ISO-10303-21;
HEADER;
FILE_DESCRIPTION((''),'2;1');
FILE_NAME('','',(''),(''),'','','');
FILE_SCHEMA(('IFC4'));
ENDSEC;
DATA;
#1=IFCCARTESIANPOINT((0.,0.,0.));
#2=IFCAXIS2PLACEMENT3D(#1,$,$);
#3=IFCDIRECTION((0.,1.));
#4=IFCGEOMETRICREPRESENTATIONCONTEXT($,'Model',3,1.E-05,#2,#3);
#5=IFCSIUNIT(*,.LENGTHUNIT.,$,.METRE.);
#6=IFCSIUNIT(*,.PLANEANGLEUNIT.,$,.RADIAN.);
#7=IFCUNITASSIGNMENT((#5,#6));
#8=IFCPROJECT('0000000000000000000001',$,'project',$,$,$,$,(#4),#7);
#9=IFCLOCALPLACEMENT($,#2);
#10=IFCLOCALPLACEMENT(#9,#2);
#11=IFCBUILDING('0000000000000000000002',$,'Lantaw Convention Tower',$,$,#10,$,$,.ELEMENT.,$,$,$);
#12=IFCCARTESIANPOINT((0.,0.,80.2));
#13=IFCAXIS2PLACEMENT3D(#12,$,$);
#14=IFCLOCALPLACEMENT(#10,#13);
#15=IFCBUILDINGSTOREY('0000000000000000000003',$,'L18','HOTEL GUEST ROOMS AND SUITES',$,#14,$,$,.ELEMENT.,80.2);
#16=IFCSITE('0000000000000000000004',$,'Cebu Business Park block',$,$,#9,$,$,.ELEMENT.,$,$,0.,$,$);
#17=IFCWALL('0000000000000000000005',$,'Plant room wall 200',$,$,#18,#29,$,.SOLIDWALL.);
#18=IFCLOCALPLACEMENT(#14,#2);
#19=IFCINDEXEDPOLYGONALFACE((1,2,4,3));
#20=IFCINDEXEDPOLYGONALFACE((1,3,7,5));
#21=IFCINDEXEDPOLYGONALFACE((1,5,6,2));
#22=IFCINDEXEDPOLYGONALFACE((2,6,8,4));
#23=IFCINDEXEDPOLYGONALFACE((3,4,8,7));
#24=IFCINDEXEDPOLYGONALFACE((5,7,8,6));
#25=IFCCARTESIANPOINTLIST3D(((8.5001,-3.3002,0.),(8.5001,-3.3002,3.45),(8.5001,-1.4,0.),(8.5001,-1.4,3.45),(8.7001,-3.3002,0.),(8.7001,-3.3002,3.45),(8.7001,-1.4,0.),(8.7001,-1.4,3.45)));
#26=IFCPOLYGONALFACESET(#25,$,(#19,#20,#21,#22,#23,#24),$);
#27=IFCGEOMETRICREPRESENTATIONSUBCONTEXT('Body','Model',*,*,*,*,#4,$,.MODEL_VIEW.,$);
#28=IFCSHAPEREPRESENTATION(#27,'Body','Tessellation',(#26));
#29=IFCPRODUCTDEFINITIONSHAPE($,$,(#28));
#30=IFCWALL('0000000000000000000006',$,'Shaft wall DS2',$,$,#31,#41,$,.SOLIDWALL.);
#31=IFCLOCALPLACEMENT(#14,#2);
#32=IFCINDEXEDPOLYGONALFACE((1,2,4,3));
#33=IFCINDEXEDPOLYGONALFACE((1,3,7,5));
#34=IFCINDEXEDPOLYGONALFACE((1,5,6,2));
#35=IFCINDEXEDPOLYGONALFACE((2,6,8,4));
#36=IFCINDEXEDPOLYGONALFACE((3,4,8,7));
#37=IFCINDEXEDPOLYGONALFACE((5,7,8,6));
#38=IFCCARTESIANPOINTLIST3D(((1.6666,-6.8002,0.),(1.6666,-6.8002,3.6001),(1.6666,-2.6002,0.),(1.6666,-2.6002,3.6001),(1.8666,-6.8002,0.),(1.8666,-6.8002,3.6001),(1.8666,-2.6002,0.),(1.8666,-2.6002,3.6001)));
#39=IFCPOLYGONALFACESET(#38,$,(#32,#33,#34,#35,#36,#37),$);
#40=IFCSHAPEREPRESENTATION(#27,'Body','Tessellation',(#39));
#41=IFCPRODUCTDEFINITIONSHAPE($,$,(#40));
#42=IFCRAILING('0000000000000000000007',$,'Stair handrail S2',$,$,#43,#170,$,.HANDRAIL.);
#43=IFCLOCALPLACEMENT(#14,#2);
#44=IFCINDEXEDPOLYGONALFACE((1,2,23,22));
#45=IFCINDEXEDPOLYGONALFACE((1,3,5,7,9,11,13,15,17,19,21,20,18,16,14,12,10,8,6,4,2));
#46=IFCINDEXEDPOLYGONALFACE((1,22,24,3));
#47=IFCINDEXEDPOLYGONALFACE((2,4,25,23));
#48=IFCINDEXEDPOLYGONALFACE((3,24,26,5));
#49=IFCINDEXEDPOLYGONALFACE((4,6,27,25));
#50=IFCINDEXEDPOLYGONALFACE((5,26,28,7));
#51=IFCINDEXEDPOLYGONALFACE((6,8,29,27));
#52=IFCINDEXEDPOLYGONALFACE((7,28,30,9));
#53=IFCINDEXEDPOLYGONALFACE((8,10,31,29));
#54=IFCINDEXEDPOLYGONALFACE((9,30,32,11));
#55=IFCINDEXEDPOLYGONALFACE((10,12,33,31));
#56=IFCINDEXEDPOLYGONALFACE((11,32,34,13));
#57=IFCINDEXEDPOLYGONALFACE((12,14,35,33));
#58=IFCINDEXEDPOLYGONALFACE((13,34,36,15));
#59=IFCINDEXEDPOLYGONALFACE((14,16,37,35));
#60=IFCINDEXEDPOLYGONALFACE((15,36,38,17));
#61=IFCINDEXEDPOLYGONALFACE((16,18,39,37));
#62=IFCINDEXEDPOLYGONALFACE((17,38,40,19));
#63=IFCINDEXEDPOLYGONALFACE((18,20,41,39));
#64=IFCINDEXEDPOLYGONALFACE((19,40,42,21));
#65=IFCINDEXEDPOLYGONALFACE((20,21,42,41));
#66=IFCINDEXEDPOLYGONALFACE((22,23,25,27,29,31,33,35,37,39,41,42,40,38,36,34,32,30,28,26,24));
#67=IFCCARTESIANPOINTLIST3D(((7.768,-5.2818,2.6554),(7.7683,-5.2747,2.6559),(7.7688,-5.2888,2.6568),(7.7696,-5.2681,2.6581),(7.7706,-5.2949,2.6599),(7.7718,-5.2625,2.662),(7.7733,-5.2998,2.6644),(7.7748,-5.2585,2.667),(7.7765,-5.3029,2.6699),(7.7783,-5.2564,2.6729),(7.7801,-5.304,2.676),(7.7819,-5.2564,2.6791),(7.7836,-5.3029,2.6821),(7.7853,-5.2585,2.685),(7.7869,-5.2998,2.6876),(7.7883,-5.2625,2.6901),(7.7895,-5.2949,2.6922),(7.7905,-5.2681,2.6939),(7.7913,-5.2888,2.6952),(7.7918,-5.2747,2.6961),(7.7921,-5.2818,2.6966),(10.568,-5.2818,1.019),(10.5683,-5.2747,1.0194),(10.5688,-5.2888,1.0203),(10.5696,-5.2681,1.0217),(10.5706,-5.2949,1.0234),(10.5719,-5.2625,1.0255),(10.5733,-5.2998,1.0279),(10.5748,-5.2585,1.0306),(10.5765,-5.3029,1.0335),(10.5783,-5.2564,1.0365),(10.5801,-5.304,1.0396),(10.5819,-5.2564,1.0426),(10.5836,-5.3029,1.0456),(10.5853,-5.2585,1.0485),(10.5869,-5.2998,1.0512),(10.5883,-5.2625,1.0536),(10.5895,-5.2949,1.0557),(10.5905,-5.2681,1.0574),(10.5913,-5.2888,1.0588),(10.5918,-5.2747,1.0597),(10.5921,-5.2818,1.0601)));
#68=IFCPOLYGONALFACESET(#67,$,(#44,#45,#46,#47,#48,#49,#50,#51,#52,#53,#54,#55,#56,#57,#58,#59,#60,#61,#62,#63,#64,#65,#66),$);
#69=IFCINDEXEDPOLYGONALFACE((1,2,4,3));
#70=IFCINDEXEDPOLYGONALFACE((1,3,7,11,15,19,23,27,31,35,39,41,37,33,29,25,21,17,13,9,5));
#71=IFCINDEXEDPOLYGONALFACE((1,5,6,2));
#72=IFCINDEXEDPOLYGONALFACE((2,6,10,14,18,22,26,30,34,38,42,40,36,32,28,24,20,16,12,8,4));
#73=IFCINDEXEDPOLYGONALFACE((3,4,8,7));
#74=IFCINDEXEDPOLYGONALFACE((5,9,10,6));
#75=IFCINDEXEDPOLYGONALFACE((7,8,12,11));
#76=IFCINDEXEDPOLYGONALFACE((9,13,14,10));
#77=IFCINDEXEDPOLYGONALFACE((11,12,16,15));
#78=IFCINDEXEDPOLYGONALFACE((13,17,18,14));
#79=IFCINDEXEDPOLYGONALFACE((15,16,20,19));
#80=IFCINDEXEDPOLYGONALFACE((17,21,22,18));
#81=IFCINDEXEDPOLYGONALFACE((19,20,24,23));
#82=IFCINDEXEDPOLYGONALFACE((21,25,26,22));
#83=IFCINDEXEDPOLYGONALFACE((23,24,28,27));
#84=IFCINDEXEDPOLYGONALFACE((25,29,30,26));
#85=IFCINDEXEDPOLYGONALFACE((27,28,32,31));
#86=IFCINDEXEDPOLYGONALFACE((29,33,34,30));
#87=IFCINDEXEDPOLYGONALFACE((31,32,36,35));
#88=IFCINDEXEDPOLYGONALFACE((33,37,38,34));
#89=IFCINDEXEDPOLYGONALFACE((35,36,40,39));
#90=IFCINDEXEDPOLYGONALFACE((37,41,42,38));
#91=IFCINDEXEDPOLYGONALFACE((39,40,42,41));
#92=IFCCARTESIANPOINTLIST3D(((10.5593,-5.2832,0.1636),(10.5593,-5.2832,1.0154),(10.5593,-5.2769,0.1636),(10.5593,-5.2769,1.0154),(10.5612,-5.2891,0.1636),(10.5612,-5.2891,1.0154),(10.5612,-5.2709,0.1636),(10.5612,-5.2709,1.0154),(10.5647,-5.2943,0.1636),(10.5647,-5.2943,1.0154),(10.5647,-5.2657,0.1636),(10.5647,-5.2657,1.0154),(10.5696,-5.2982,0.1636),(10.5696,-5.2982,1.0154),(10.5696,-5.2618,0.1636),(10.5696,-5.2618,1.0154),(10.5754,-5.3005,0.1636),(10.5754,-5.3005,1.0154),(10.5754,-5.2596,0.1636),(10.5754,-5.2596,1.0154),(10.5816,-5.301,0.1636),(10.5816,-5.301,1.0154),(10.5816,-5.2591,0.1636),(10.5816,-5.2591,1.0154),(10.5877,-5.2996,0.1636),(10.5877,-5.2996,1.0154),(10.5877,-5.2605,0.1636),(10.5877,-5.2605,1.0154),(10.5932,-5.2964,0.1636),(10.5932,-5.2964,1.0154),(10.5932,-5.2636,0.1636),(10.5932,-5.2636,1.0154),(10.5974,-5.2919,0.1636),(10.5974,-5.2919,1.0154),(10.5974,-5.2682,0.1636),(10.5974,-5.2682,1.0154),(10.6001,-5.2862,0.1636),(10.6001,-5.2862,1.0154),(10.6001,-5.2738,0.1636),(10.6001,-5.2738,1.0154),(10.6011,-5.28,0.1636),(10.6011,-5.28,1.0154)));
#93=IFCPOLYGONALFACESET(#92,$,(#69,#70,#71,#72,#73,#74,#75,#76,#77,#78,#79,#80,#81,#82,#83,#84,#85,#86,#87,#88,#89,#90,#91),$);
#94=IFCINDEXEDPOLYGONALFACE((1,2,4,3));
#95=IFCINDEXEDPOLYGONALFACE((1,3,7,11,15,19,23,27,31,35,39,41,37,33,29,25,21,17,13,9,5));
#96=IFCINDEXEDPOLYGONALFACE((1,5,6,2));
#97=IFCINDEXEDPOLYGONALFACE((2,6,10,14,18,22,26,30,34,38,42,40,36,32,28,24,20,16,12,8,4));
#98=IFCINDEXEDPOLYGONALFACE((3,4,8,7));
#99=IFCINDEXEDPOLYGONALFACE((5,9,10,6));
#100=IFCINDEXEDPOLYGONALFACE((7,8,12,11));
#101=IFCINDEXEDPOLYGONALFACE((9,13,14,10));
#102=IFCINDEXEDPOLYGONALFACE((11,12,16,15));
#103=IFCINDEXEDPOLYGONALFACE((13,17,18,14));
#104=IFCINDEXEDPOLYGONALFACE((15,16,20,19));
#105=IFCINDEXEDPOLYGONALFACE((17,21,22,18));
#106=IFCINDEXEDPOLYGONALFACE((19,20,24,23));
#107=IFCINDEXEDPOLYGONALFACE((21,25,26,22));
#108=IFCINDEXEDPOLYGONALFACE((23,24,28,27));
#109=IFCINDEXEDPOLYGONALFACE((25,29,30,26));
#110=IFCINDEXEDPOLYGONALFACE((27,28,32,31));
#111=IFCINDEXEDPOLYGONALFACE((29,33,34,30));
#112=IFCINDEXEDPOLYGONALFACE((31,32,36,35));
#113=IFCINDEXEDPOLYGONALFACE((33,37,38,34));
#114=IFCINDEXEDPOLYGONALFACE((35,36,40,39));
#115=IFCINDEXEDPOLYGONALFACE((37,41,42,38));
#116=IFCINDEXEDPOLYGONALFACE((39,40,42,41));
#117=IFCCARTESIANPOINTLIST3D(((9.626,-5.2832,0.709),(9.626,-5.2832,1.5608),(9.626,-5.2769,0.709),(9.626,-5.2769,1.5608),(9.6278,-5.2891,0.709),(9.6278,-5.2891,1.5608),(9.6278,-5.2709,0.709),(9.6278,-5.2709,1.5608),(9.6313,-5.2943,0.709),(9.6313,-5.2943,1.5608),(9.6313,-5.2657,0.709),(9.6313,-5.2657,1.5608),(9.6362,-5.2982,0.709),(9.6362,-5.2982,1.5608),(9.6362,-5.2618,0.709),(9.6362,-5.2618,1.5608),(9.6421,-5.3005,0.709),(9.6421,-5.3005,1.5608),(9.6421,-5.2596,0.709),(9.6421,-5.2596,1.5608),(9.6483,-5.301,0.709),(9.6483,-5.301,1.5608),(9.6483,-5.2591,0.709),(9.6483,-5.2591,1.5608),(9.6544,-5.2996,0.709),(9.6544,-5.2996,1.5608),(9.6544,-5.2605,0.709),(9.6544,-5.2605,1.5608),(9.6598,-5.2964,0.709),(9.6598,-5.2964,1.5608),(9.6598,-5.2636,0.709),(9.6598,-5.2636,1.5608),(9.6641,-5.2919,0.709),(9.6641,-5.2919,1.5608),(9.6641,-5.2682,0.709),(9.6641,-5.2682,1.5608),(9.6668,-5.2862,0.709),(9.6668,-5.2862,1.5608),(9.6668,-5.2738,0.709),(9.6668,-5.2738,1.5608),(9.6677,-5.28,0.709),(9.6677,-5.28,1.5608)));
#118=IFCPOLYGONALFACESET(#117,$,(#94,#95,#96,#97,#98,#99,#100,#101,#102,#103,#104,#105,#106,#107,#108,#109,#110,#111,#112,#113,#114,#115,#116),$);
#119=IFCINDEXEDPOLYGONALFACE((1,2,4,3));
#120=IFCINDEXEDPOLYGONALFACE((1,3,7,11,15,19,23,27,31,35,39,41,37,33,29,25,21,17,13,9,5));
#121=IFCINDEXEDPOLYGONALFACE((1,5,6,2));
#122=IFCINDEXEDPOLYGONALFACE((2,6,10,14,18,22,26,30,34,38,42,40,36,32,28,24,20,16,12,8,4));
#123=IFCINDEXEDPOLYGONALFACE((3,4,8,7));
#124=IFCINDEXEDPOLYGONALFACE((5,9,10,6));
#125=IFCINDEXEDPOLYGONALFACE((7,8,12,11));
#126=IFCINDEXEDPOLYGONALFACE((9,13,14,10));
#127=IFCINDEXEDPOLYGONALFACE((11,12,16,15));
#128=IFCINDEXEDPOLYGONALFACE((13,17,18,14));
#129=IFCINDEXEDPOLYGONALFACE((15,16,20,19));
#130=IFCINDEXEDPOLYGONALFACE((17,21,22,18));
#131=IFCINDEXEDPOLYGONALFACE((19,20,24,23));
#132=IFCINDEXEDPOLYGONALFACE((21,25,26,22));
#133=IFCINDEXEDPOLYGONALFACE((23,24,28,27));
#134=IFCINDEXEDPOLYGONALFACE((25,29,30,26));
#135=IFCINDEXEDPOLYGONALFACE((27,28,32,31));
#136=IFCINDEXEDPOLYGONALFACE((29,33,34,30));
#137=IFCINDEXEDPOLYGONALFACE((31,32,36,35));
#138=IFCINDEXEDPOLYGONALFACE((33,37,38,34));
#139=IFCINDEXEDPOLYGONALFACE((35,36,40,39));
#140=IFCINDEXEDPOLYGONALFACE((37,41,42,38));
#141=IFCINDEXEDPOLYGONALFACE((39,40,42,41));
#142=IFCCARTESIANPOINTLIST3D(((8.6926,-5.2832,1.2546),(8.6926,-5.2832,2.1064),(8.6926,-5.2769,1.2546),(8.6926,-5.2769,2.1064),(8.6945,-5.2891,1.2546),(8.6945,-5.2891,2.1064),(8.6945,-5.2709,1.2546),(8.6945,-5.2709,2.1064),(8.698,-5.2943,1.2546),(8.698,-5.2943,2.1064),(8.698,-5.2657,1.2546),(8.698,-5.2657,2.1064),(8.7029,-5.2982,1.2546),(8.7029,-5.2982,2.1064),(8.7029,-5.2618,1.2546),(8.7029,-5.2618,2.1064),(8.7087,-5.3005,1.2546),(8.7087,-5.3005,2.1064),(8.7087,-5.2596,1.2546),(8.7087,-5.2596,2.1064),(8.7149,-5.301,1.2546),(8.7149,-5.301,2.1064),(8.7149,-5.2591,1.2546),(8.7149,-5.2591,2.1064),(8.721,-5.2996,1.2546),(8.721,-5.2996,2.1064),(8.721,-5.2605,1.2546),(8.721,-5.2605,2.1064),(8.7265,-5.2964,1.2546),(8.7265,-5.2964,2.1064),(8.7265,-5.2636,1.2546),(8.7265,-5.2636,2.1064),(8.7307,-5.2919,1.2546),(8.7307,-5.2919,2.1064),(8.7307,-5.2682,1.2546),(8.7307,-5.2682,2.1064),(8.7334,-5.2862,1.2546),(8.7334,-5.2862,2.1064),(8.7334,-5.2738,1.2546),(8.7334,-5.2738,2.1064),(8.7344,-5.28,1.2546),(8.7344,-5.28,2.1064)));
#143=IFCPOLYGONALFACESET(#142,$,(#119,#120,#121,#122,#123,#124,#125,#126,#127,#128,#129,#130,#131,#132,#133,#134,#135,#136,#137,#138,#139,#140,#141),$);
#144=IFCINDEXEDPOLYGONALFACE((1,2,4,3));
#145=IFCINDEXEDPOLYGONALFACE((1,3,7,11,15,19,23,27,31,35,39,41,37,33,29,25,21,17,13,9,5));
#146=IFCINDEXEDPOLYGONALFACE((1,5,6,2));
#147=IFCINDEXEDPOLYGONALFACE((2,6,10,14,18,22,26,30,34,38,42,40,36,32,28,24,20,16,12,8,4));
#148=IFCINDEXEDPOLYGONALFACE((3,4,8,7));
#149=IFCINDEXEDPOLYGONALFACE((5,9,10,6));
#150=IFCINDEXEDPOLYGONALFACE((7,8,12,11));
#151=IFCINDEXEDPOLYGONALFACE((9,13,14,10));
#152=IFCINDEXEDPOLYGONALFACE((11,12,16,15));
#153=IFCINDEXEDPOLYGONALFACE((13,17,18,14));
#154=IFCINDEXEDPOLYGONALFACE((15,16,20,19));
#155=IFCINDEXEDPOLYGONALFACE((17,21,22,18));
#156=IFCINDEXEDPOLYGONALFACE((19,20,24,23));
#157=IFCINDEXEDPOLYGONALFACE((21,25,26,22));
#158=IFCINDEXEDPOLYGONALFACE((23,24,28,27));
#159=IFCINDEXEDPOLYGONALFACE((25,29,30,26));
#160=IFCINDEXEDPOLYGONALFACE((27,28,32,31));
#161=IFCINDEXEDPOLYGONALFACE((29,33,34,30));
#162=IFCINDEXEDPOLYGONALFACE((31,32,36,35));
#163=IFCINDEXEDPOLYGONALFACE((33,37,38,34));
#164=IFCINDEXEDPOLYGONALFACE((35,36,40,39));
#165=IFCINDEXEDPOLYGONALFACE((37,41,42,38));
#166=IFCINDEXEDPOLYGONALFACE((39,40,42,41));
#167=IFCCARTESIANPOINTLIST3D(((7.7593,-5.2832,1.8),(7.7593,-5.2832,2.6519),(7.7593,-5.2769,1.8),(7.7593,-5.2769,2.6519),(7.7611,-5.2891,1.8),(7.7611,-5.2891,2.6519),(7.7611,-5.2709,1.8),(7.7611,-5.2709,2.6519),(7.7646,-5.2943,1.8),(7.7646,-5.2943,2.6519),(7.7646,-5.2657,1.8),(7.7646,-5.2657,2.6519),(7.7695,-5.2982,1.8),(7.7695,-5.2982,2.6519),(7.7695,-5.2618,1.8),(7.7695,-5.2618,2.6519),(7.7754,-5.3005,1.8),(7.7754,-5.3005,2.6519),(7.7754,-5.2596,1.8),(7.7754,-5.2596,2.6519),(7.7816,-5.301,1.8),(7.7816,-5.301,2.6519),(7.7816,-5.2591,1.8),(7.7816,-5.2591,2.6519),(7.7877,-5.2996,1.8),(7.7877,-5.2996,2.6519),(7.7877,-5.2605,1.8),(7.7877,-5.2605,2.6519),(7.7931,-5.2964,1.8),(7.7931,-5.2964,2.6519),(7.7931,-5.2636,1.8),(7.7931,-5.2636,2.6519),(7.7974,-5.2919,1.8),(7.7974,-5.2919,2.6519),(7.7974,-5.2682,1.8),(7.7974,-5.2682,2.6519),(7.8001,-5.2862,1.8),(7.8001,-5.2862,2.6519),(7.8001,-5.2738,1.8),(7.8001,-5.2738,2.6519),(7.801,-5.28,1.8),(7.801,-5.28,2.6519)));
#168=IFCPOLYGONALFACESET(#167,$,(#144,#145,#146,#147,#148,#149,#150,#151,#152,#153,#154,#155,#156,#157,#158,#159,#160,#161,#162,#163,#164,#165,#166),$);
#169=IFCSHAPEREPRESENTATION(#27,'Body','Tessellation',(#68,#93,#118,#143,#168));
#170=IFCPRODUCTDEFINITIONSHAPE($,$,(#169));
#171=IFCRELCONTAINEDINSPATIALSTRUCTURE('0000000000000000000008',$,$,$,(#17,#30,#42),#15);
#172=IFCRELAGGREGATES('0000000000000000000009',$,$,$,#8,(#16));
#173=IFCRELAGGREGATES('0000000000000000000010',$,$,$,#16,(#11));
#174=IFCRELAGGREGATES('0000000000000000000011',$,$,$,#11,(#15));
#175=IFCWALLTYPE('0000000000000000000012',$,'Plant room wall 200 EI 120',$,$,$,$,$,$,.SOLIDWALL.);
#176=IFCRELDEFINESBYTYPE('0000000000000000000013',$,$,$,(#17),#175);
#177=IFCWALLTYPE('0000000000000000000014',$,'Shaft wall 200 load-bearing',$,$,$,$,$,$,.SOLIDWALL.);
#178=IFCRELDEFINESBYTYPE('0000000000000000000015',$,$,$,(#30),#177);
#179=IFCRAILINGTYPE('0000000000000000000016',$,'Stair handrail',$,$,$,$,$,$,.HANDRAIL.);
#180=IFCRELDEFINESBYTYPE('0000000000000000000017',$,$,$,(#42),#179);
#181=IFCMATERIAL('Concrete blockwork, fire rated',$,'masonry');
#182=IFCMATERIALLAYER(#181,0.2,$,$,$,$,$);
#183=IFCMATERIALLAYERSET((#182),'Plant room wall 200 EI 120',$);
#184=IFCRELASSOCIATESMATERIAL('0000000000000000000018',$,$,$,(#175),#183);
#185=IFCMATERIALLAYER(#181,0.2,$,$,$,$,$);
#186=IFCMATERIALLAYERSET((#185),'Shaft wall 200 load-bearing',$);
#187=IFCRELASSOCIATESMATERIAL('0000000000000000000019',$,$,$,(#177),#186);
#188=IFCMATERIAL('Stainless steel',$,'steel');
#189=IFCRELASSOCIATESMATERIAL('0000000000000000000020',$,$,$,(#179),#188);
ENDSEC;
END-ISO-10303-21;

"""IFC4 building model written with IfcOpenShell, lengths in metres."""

from ifc_helpers import new_model, si_unit, direction, frame, frame_2d, origin, origin_2d, place, context, subcontext, project, spatial, rectangle, circle, extrude, material, layer, layer_set, type_object, element, save


model = new_model("IFC4")

# Units and contexts
model_context = context("Model", 3, precision=1e-05, world=origin(), true_north=direction((0.0, 1.0)))
body_context = subcontext(model_context, "Body", "Model", "MODEL_VIEW")
ifc_project = project(units=[si_unit("LENGTHUNIT", "METRE"), si_unit("PLANEANGLEUNIT", "RADIAN")], contexts=[model_context])

# Site, building, storey
site_placement = place(None, origin())
site = spatial("IfcSite", under=ifc_project, at=site_placement, Name="Cebu Business Park block", CompositionType="ELEMENT", RefElevation=0.0)
building_placement = place(site_placement, origin())
building = spatial("IfcBuilding", under=site, at=building_placement, Name="Lantaw Convention Tower", CompositionType="ELEMENT")
storey_placement = place(building_placement, frame((0.0, 0.0, 80.2)))
storey = spatial("IfcBuildingStorey", under=building, at=storey_placement, Name="L18", Description="HOTEL GUEST ROOMS AND SUITES", CompositionType="ELEMENT", Elevation=80.2)

# Shared definitions
ifc_material_1 = material(Name="Concrete blockwork, fire rated", Category="masonry")
ifc_layer_1 = layer(ifc_material_1, 0.2)
ifc_layer_set_1 = layer_set([ifc_layer_1], Name="Plant room wall 200 EI 120")
wall_type_1 = type_object("IfcWallType", Name="Plant room wall 200 EI 120", PredefinedType="SOLIDWALL", material=ifc_layer_set_1)

# Walls
wall_1_placement = place(storey_placement, frame((8.6001, -1.3999, 0.0), z_axis=(0.0, 0.0, 1.0), x_axis=(0.0, -1.0, 0.0)))
element("IfcWall", 1, at=wall_1_placement, inside=storey, type_object=wall_type_1, Name="Plant room wall 200", PredefinedType="SOLIDWALL", context=body_context, shape_type="SweptSolid", body=[
    extrude(rectangle(XDim=1.9001, YDim=0.2, at=frame_2d((0.9502, 0.0))), origin(), (0.0, 0.0, 1.0), 3.45),
])
ifc_layer_2 = layer(ifc_material_1, 0.2)
ifc_layer_set_2 = layer_set([ifc_layer_2], Name="Shaft wall 200 load-bearing")
wall_type_2 = type_object("IfcWallType", Name="Shaft wall 200 load-bearing", PredefinedType="SOLIDWALL", material=ifc_layer_set_2)
wall_2_placement = place(storey_placement, frame((1.7666, -2.6001, 0.0), z_axis=(0.0, 0.0, 1.0), x_axis=(0.0, -1.0, 0.0)))
element("IfcWall", 2, at=wall_2_placement, inside=storey, type_object=wall_type_2, Name="Shaft wall DS2", PredefinedType="SOLIDWALL", context=body_context, shape_type="SweptSolid", body=[
    extrude(rectangle(XDim=4.2, YDim=0.2, at=frame_2d((2.1001, 0.0))), origin(), (0.0, 0.0, 1.0), 3.6001),
])

# Railing
ifc_material_2 = material(Name="Stainless steel", Category="steel")
railing_type = type_object("IfcRailingType", Name="Stair handrail", PredefinedType="HANDRAIL", material=ifc_material_2)
railing_1_placement = place(storey_placement, frame((10.5801, -5.28, 0.1636)))
element("IfcRailing", 3, at=railing_1_placement, inside=storey, type_object=railing_type, Name="Stair handrail S2", PredefinedType="HANDRAIL", context=body_context, shape_type="SweptSolid", body=[
    extrude(circle(Radius=0.0239, at=origin_2d()), frame((0.0, 0.0, 0.876), z_axis=(-0.863361, 0.0, 0.504587), x_axis=(0.0, -1.0, 0.0)), (0.0, 0.0, 1.0), 3.2432),
    extrude(circle(Radius=0.021, at=origin_2d()), origin(), (0.0, 0.0, 1.0), 0.8518),
    extrude(circle(Radius=0.021, at=origin_2d()), frame((-0.9333, 0.0, 0.5454)), (0.0, 0.0, 1.0), 0.8518),
    extrude(circle(Radius=0.021, at=origin_2d()), frame((-1.8667, 0.0, 1.0911)), (0.0, 0.0, 1.0), 0.8518),
    extrude(circle(Radius=0.021, at=origin_2d()), frame((-2.8, 0.0, 1.6365)), (0.0, 0.0, 1.0), 0.8518),
])

save(model, "model.ifc")
